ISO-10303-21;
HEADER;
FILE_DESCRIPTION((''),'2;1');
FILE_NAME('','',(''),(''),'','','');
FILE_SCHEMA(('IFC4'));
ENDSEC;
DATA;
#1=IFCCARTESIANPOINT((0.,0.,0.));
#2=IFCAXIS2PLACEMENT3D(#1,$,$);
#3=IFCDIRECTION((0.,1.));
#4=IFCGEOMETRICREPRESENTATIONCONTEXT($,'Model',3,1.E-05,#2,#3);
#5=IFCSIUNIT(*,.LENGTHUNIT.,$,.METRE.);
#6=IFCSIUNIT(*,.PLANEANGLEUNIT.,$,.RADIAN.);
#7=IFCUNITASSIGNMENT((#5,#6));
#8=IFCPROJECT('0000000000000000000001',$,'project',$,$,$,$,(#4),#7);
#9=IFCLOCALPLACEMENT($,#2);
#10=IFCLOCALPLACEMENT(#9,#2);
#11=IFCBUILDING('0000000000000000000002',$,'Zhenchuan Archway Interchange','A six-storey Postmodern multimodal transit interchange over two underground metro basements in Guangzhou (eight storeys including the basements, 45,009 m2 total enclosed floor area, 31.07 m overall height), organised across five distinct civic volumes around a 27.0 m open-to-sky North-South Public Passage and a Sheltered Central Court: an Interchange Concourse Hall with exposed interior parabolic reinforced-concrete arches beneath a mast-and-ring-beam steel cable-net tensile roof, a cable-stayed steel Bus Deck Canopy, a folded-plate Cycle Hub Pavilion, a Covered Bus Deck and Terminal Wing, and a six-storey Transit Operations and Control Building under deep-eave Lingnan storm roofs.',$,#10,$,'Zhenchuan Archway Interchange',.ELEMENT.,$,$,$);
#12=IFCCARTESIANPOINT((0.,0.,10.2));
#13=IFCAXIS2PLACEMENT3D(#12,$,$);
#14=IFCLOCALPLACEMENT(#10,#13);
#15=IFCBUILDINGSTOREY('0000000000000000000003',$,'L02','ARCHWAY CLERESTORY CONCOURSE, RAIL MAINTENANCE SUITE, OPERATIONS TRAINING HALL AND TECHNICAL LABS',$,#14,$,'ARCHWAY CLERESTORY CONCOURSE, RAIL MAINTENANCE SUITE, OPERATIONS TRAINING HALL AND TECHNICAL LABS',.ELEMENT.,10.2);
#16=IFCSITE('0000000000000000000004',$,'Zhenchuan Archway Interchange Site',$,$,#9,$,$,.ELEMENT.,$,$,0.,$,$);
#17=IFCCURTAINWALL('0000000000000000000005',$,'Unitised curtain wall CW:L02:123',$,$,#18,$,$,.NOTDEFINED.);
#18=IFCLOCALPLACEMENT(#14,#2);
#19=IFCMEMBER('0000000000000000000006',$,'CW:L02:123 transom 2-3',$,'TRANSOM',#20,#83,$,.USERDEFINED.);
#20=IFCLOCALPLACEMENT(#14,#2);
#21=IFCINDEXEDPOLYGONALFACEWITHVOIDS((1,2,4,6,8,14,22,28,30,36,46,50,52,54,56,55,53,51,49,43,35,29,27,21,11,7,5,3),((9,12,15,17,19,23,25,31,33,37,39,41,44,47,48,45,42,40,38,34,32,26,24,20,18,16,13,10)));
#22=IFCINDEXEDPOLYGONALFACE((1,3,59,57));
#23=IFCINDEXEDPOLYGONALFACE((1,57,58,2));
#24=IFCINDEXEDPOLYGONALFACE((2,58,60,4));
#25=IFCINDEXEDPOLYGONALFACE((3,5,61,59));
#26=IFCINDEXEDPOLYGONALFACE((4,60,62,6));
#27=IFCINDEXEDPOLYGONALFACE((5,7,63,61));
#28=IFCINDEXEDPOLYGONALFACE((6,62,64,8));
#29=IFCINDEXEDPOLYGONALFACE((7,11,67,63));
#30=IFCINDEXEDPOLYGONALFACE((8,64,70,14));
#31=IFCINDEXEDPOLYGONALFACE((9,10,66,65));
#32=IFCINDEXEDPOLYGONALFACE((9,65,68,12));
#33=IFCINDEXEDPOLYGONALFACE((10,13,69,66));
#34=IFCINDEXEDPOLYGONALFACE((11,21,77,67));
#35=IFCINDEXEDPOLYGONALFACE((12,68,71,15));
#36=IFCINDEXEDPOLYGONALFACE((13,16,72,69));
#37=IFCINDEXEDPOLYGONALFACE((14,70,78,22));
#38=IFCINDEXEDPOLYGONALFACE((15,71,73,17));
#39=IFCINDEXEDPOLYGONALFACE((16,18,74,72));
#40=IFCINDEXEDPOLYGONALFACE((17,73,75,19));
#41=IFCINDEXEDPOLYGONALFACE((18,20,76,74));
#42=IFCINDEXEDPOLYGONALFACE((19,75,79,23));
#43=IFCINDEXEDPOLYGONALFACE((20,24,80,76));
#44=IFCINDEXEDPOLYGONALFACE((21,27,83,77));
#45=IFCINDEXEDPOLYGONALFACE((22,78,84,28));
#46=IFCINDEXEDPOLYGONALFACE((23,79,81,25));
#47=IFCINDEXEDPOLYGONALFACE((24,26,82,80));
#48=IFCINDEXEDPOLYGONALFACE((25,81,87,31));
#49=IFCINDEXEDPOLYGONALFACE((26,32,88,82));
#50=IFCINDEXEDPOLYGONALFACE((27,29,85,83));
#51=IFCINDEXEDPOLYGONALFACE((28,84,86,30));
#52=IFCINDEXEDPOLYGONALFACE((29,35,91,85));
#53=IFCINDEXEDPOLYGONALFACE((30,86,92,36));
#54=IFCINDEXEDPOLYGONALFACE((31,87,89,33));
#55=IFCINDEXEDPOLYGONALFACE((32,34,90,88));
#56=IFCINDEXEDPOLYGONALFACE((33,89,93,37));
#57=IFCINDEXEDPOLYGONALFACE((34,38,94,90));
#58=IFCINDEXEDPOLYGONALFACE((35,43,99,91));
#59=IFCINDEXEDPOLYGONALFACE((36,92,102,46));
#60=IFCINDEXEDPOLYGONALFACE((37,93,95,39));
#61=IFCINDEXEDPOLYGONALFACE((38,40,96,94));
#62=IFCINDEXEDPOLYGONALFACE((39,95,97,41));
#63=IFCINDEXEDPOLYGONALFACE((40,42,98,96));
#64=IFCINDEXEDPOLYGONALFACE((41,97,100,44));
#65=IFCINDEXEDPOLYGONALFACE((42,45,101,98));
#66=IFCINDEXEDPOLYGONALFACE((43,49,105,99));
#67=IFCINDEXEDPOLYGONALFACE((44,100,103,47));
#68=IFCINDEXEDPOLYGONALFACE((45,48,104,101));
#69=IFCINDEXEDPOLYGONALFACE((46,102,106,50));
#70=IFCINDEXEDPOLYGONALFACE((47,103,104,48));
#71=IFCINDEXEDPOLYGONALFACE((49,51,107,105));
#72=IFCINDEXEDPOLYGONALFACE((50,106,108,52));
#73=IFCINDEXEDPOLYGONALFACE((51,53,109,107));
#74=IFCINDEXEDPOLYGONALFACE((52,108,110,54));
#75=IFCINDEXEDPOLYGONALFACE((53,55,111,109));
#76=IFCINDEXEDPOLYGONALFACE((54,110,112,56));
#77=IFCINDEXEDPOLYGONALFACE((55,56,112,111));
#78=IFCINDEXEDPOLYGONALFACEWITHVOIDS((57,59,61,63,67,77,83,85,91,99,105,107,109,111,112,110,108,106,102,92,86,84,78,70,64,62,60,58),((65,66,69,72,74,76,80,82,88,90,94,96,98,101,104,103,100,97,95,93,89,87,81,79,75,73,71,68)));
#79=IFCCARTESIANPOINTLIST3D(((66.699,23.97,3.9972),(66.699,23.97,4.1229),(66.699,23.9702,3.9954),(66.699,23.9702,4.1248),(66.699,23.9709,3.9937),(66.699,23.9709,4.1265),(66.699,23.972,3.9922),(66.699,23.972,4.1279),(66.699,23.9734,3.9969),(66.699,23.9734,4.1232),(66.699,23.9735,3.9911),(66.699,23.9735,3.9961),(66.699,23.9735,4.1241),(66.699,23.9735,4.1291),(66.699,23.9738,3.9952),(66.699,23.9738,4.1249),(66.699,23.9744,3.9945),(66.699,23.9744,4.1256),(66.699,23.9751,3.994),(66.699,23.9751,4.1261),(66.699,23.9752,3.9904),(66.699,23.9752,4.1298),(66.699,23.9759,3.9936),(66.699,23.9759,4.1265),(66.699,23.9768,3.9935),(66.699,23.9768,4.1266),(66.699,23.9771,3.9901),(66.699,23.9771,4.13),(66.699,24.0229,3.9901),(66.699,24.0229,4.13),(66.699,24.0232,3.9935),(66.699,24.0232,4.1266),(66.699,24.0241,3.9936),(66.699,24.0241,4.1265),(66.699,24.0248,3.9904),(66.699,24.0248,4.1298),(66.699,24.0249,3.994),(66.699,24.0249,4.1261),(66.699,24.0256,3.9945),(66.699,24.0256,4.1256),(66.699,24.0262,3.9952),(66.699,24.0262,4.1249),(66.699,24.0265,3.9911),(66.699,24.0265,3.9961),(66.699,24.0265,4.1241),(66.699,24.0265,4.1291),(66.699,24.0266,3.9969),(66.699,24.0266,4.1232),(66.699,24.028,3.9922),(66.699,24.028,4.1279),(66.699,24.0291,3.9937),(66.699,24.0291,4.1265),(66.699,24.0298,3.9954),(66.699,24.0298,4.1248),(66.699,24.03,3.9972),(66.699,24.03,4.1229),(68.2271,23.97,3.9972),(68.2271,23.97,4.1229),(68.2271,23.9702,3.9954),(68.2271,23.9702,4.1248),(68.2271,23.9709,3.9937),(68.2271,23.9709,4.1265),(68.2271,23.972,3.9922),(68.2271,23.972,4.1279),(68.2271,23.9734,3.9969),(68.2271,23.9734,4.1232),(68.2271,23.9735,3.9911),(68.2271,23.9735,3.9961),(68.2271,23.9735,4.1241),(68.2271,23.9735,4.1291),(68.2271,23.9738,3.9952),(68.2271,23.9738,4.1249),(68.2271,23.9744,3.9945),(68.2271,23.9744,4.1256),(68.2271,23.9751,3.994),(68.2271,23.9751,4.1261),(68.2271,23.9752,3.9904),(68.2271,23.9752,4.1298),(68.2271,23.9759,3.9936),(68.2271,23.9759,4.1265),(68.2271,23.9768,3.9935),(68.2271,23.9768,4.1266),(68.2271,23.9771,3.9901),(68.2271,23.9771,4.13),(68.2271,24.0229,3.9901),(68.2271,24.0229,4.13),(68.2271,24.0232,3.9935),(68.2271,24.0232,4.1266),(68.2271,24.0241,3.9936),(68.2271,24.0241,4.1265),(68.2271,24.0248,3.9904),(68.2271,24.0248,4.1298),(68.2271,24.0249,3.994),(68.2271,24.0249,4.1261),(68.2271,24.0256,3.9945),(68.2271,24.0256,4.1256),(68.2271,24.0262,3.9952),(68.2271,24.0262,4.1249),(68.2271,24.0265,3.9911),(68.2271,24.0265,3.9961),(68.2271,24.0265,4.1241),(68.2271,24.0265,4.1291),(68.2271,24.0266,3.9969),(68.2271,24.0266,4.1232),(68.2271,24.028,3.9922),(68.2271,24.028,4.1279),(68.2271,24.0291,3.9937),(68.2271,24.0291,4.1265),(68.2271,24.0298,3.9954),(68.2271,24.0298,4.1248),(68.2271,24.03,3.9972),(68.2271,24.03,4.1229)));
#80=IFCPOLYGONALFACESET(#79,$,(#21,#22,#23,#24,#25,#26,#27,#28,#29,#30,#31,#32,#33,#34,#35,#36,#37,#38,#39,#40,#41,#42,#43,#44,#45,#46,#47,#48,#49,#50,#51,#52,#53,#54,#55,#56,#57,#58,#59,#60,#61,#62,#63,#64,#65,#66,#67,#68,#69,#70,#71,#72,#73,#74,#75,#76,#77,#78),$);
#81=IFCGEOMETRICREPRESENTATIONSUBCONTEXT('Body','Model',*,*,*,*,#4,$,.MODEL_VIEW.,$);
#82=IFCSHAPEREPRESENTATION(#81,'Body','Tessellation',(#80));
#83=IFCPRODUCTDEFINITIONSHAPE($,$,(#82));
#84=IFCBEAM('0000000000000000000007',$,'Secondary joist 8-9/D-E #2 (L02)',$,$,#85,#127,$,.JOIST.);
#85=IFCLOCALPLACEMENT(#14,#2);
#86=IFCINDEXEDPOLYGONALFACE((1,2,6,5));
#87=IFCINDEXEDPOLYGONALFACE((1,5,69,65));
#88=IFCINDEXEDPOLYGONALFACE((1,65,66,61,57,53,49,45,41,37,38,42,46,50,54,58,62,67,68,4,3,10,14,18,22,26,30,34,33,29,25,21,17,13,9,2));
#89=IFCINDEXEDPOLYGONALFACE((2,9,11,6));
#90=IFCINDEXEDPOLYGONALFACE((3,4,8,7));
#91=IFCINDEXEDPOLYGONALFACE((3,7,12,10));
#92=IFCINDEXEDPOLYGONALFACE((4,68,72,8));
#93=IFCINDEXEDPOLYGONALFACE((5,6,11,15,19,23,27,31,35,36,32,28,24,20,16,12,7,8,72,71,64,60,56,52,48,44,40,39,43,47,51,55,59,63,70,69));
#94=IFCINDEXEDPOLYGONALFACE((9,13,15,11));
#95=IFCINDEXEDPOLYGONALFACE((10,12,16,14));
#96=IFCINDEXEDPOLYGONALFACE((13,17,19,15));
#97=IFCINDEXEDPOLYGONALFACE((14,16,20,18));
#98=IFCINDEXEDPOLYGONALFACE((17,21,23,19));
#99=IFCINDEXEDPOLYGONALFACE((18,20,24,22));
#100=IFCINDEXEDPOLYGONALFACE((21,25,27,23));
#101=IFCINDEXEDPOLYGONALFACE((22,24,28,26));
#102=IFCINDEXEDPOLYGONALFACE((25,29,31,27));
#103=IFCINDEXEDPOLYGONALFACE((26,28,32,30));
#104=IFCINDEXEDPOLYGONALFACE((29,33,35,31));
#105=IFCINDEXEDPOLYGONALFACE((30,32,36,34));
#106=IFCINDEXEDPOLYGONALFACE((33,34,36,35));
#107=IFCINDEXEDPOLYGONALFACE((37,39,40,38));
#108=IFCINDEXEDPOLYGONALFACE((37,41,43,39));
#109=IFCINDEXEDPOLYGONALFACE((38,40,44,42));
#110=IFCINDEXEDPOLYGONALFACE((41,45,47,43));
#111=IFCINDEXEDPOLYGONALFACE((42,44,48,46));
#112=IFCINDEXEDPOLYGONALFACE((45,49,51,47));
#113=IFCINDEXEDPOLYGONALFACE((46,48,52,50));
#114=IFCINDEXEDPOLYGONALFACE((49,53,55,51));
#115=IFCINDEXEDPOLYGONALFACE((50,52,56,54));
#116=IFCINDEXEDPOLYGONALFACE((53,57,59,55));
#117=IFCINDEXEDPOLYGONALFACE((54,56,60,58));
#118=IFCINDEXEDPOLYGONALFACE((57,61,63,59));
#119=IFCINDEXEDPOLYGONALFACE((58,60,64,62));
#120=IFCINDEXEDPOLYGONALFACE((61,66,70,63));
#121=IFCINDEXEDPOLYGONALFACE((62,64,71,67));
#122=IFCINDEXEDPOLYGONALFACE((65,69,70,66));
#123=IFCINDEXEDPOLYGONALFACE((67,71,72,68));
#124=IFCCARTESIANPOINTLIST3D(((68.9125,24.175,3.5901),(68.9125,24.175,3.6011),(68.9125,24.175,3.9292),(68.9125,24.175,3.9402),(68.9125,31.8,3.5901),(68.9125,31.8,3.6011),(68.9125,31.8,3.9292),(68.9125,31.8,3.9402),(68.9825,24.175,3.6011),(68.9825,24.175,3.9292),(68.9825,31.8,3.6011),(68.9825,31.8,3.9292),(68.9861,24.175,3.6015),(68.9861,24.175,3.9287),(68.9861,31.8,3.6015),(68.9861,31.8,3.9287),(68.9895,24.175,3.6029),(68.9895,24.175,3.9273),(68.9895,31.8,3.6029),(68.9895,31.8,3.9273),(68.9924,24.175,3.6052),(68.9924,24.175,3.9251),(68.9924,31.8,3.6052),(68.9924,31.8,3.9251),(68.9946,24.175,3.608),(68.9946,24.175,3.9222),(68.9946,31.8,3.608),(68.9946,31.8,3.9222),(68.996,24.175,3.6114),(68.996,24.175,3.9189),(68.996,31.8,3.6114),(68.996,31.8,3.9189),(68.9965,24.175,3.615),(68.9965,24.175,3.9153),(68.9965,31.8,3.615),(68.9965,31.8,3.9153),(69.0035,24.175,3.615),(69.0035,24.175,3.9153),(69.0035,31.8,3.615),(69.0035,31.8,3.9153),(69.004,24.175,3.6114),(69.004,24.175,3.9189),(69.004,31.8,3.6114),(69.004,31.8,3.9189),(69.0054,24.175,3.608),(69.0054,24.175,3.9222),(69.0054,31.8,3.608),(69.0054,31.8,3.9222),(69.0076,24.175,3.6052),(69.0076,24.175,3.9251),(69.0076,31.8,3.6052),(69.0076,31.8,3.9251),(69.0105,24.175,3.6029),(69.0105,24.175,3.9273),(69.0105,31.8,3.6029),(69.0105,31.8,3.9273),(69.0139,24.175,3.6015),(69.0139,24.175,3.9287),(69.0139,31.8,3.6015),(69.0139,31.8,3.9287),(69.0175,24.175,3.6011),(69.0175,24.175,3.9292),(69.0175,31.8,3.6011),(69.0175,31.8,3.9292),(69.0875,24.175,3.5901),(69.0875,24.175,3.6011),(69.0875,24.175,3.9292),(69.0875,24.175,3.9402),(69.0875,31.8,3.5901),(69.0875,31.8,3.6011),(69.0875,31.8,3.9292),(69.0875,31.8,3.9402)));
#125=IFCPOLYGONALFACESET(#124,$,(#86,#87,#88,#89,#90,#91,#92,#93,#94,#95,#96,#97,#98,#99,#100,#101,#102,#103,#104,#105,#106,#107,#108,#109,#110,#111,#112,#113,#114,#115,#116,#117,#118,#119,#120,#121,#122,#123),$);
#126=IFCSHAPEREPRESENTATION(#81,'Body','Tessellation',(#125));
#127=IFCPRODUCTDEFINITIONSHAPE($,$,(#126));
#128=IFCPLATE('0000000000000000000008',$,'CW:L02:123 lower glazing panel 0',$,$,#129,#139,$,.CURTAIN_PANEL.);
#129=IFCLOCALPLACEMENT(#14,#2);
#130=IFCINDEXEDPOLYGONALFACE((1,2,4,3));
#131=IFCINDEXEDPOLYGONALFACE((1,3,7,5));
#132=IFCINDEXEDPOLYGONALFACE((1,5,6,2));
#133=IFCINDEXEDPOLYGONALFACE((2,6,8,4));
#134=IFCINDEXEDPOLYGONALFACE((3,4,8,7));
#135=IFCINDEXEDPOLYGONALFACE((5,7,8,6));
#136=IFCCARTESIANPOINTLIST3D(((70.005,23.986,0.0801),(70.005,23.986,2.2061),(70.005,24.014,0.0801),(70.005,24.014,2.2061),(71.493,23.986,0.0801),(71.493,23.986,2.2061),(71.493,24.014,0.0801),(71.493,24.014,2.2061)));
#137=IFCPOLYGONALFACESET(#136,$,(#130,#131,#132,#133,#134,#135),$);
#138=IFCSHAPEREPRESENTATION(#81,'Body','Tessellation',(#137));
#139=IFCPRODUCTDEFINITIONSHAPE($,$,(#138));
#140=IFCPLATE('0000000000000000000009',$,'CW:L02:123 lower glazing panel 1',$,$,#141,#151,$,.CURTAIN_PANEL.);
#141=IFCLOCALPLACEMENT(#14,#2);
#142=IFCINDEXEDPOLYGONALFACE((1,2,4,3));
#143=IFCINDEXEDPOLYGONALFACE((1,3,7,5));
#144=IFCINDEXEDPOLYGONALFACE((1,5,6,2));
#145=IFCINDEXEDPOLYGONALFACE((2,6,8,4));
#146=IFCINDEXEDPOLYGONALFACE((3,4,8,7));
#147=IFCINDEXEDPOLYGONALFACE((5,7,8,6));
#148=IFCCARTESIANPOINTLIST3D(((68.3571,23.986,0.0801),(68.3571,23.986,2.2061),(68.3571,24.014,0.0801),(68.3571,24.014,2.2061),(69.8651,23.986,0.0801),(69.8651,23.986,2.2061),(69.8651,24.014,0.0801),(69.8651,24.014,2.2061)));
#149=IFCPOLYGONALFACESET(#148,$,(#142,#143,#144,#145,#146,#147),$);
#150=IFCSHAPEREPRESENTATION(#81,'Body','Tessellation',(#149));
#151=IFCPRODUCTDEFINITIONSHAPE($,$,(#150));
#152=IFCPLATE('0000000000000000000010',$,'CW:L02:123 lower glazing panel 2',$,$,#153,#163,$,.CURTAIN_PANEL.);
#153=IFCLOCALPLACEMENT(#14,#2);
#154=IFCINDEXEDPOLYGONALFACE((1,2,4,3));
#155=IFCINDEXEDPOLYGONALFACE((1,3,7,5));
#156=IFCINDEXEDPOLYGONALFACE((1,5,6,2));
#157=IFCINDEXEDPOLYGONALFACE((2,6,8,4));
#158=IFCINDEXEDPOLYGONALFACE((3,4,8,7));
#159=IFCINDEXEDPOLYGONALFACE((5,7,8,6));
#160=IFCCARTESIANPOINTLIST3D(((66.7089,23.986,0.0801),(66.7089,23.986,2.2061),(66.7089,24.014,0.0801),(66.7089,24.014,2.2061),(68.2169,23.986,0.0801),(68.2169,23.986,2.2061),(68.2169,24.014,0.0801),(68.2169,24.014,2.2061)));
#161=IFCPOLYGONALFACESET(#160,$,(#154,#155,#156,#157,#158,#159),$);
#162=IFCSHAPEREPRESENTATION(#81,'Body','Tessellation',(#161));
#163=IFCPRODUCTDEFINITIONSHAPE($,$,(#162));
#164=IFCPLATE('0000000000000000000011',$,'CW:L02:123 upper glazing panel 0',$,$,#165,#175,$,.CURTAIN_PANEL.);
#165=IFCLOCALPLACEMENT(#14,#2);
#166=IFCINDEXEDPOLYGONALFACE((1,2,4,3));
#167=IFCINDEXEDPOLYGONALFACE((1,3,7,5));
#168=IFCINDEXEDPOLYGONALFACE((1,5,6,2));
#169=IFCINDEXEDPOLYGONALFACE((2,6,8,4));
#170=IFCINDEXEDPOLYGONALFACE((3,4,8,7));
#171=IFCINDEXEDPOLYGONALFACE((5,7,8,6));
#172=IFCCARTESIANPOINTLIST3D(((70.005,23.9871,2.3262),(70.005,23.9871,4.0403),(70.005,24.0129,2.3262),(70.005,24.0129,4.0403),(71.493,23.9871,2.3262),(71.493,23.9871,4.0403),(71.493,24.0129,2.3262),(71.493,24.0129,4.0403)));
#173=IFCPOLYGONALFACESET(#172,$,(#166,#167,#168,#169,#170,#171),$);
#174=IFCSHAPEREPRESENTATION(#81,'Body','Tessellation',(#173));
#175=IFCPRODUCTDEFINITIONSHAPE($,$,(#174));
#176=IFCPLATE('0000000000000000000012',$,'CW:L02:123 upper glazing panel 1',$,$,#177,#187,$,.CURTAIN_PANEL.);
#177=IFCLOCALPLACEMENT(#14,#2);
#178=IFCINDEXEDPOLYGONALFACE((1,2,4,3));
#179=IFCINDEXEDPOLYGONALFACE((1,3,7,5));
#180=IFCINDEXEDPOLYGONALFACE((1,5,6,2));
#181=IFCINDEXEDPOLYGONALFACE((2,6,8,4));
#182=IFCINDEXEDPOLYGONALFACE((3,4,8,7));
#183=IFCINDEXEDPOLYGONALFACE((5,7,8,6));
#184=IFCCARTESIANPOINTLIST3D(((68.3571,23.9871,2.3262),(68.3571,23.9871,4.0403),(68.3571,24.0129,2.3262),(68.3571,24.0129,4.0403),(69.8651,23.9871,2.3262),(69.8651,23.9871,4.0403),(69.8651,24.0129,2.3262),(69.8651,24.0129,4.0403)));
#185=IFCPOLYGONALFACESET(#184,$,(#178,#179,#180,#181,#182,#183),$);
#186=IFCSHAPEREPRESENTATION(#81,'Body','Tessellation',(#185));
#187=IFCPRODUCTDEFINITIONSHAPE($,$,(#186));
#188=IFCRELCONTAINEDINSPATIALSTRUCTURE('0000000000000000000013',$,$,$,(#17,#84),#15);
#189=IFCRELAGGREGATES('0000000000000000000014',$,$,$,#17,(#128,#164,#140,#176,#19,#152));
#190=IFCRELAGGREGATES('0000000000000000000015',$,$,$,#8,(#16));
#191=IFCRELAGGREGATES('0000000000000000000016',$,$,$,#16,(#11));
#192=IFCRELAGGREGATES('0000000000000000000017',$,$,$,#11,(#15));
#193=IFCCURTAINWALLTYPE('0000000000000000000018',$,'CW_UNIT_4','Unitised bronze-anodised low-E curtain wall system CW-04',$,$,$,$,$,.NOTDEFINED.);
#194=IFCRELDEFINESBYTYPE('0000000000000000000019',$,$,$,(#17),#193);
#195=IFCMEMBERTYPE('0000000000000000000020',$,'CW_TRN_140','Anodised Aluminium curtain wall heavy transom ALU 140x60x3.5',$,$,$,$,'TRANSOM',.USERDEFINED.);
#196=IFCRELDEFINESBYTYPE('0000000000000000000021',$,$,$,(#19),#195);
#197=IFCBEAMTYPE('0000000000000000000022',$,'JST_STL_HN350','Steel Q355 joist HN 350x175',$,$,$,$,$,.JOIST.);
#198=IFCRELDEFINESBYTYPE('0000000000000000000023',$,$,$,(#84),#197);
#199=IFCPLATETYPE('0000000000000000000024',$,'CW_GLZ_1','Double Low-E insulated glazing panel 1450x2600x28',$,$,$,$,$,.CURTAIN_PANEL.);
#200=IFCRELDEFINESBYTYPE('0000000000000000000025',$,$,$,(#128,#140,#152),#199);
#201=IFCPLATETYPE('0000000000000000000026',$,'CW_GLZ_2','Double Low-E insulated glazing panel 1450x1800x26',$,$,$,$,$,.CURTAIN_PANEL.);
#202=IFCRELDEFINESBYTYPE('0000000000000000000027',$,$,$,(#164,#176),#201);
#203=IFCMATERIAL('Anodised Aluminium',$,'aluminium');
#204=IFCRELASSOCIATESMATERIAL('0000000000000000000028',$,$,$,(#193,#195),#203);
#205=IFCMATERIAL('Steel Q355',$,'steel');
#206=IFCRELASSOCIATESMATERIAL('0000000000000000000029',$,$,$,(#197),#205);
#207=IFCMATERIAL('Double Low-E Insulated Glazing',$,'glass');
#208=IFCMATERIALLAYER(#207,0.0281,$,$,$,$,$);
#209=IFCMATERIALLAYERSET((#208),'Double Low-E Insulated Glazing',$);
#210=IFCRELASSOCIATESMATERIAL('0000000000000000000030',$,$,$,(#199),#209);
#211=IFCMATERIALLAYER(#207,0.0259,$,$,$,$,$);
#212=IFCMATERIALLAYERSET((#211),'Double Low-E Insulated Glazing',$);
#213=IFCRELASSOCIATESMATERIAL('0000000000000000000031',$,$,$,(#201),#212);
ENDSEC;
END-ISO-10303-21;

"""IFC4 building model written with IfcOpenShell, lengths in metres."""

from ifc_helpers import new_model, si_unit, direction, frame, origin, origin_2d, place, context, subcontext, project, spatial, rectangle, hollow_rectangle, i_section, extrude, material, layer, layer_set, material_profile, profile_set, type_object, element, aggregate, save


model = new_model("IFC4")

# Units and contexts
model_context = context("Model", 3, precision=1e-05, world=origin(), true_north=direction((0.0, 1.0)))
body_context = subcontext(model_context, "Body", "Model", "MODEL_VIEW")
ifc_project = project(units=[si_unit("LENGTHUNIT", "METRE"), si_unit("PLANEANGLEUNIT", "RADIAN")], contexts=[model_context])

# Site, building, storey
site_placement = place(None, origin())
site = spatial("IfcSite", under=ifc_project, at=site_placement, Name="Zhenchuan Archway Interchange Site", CompositionType="ELEMENT", RefElevation=0.0)
building_placement = place(site_placement, origin())
building = spatial("IfcBuilding", under=site, at=building_placement, Name="Zhenchuan Archway Interchange", Description="A six-storey Postmodern multimodal transit interchange over two underground metro basements in Guangzhou (eight storeys including the basements, 45,009 m2 total enclosed floor area, 31.07 m overall height), organised across five distinct civic volumes around a 27.0 m open-to-sky North-South Public Passage and a Sheltered Central Court: an Interchange Concourse Hall with exposed interior parabolic reinforced-concrete arches beneath a mast-and-ring-beam steel cable-net tensile roof, a cable-stayed steel Bus Deck Canopy, a folded-plate Cycle Hub Pavilion, a Covered Bus Deck and Terminal Wing, and a six-storey Transit Operations and Control Building under deep-eave Lingnan storm roofs.", LongName="Zhenchuan Archway Interchange", CompositionType="ELEMENT")
storey_placement = place(building_placement, frame((0.0, 0.0, 10.2)))
storey = spatial("IfcBuildingStorey", under=building, at=storey_placement, Name="L02", Description="ARCHWAY CLERESTORY CONCOURSE, RAIL MAINTENANCE SUITE, OPERATIONS TRAINING HALL AND TECHNICAL LABS", LongName="ARCHWAY CLERESTORY CONCOURSE, RAIL MAINTENANCE SUITE, OPERATIONS TRAINING HALL AND TECHNICAL LABS", CompositionType="ELEMENT", Elevation=10.2)

# Curtain wall, member
ifc_material_1 = material(Name="Anodised Aluminium", Category="aluminium")
curtain_wall_type = type_object("IfcCurtainWallType", Name="CW_UNIT_4", Description="Unitised bronze-anodised low-E curtain wall system CW-04", PredefinedType="NOTDEFINED", material=ifc_material_1)
curtain_wall_placement = place(storey_placement, origin())
curtain_wall = element("IfcCurtainWall", 1, at=curtain_wall_placement, inside=storey, type_object=curtain_wall_type, Name="Unitised curtain wall CW:L02:123", PredefinedType="NOTDEFINED")
ifc_material_profile_1 = material_profile(ifc_material_1, hollow_rectangle(XDim=0.0601, YDim=0.1399, WallThickness=0.0034, InnerFilletRadius=0.0034, OuterFilletRadius=0.0071, at=origin_2d()), Name="ALU 140x60x3.5")
ifc_profile_set_1 = profile_set([ifc_material_profile_1], Name="Anodised Aluminium")
member_type_1 = type_object("IfcMemberType", Name="CW_TRN_140", Description="Anodised Aluminium curtain wall heavy transom ALU 140x60x3.5", ElementType="TRANSOM", PredefinedType="USERDEFINED", material=ifc_profile_set_1)
member_1_placement = place(storey_placement, frame((68.2271, 24.0, 4.0601), z_axis=(-1.0, 0.0, 0.0), x_axis=(0.0, -1.0, 0.0)))
member_1 = element("IfcMember", 2, at=member_1_placement, type_object=member_type_1, Name="CW:L02:123 transom 2-3", ObjectType="TRANSOM", PredefinedType="USERDEFINED", context=body_context, shape_type="SweptSolid", body=[
    extrude(hollow_rectangle(XDim=0.0601, YDim=0.1399, WallThickness=0.0034, InnerFilletRadius=0.0034, OuterFilletRadius=0.0071, at=origin_2d()), origin(), (0.0, 0.0, 1.0), 1.5281),
])

# Beam
ifc_material_2 = material(Name="Steel Q355", Category="steel")
ifc_material_profile_2 = material_profile(ifc_material_2, i_section(OverallWidth=0.175, OverallDepth=0.3501, WebThickness=0.0071, FlangeThickness=0.011, FilletRadius=0.0139, at=origin_2d()), Name="HN 350x175")
ifc_profile_set_2 = profile_set([ifc_material_profile_2], Name="Steel Q355")
beam_type = type_object("IfcBeamType", Name="JST_STL_HN350", Description="Steel Q355 joist HN 350x175", PredefinedType="JOIST", material=ifc_profile_set_2)
beam_placement = place(storey_placement, frame((69.0, 24.175, 3.7651), z_axis=(0.0, 1.0, 0.0), x_axis=(-1.0, 0.0, 0.0)))
element("IfcBeam", 3, at=beam_placement, inside=storey, type_object=beam_type, Name="Secondary joist 8-9/D-E #2 (L02)", PredefinedType="JOIST", context=body_context, shape_type="SweptSolid", body=[
    extrude(i_section(OverallWidth=0.175, OverallDepth=0.3501, WebThickness=0.0071, FlangeThickness=0.011, FilletRadius=0.0139, at=origin_2d()), origin(), (0.0, 0.0, 1.0), 7.625),
])

# Plates
ifc_material_3 = material(Name="Double Low-E Insulated Glazing", Category="glass")
ifc_layer_1 = layer(ifc_material_3, 0.0281)
ifc_layer_set_1 = layer_set([ifc_layer_1], Name="Double Low-E Insulated Glazing")
plate_type_1 = type_object("IfcPlateType", Name="CW_GLZ_1", Description="Double Low-E insulated glazing panel 1450x2600x28", PredefinedType="CURTAIN_PANEL", material=ifc_layer_set_1)
plate_1_placement = place(storey_placement, frame((70.749, 24.0, 0.0801), z_axis=(0.0, 0.0, 1.0), x_axis=(-1.0, 0.0, 0.0)))
plate_1 = element("IfcPlate", 4, at=plate_1_placement, type_object=plate_type_1, Name="CW:L02:123 lower glazing panel 0", PredefinedType="CURTAIN_PANEL", context=body_context, shape_type="SweptSolid", body=[
    extrude(rectangle(XDim=1.488, YDim=0.0281, at=origin_2d()), origin(), (0.0, 0.0, 1.0), 2.126),
])
plate_2_placement = place(storey_placement, frame((69.1111, 24.0, 0.0801), z_axis=(0.0, 0.0, 1.0), x_axis=(-1.0, 0.0, 0.0)))
plate_2 = element("IfcPlate", 5, at=plate_2_placement, type_object=plate_type_1, Name="CW:L02:123 lower glazing panel 1", PredefinedType="CURTAIN_PANEL", context=body_context, shape_type="SweptSolid", body=[
    extrude(rectangle(XDim=1.5081, YDim=0.0281, at=origin_2d()), origin(), (0.0, 0.0, 1.0), 2.126),
])
plate_3_placement = place(storey_placement, frame((67.4629, 24.0, 0.0801), z_axis=(0.0, 0.0, 1.0), x_axis=(-1.0, 0.0, 0.0)))
plate_3 = element("IfcPlate", 6, at=plate_3_placement, type_object=plate_type_1, Name="CW:L02:123 lower glazing panel 2", PredefinedType="CURTAIN_PANEL", context=body_context, shape_type="SweptSolid", body=[
    extrude(rectangle(XDim=1.5081, YDim=0.0281, at=origin_2d()), origin(), (0.0, 0.0, 1.0), 2.126),
])
ifc_layer_2 = layer(ifc_material_3, 0.0259)
ifc_layer_set_2 = layer_set([ifc_layer_2], Name="Double Low-E Insulated Glazing")
plate_type_2 = type_object("IfcPlateType", Name="CW_GLZ_2", Description="Double Low-E insulated glazing panel 1450x1800x26", PredefinedType="CURTAIN_PANEL", material=ifc_layer_set_2)
plate_4_placement = place(storey_placement, frame((70.749, 24.0, 2.3262), z_axis=(0.0, 0.0, 1.0), x_axis=(-1.0, 0.0, 0.0)))
plate_4 = element("IfcPlate", 7, at=plate_4_placement, type_object=plate_type_2, Name="CW:L02:123 upper glazing panel 0", PredefinedType="CURTAIN_PANEL", context=body_context, shape_type="SweptSolid", body=[
    extrude(rectangle(XDim=1.488, YDim=0.0259, at=origin_2d()), origin(), (0.0, 0.0, 1.0), 1.7141),
])
plate_5_placement = place(storey_placement, frame((69.1111, 24.0, 2.3262), z_axis=(0.0, 0.0, 1.0), x_axis=(-1.0, 0.0, 0.0)))
plate_5 = element("IfcPlate", 8, at=plate_5_placement, type_object=plate_type_2, Name="CW:L02:123 upper glazing panel 1", PredefinedType="CURTAIN_PANEL", context=body_context, shape_type="SweptSolid", body=[
    extrude(rectangle(XDim=1.5081, YDim=0.0259, at=origin_2d()), origin(), (0.0, 0.0, 1.0), 1.7141),
])
aggregate(curtain_wall, [plate_1, plate_4, plate_2, plate_5, member_1, plate_3])

save(model, "model.ifc")
